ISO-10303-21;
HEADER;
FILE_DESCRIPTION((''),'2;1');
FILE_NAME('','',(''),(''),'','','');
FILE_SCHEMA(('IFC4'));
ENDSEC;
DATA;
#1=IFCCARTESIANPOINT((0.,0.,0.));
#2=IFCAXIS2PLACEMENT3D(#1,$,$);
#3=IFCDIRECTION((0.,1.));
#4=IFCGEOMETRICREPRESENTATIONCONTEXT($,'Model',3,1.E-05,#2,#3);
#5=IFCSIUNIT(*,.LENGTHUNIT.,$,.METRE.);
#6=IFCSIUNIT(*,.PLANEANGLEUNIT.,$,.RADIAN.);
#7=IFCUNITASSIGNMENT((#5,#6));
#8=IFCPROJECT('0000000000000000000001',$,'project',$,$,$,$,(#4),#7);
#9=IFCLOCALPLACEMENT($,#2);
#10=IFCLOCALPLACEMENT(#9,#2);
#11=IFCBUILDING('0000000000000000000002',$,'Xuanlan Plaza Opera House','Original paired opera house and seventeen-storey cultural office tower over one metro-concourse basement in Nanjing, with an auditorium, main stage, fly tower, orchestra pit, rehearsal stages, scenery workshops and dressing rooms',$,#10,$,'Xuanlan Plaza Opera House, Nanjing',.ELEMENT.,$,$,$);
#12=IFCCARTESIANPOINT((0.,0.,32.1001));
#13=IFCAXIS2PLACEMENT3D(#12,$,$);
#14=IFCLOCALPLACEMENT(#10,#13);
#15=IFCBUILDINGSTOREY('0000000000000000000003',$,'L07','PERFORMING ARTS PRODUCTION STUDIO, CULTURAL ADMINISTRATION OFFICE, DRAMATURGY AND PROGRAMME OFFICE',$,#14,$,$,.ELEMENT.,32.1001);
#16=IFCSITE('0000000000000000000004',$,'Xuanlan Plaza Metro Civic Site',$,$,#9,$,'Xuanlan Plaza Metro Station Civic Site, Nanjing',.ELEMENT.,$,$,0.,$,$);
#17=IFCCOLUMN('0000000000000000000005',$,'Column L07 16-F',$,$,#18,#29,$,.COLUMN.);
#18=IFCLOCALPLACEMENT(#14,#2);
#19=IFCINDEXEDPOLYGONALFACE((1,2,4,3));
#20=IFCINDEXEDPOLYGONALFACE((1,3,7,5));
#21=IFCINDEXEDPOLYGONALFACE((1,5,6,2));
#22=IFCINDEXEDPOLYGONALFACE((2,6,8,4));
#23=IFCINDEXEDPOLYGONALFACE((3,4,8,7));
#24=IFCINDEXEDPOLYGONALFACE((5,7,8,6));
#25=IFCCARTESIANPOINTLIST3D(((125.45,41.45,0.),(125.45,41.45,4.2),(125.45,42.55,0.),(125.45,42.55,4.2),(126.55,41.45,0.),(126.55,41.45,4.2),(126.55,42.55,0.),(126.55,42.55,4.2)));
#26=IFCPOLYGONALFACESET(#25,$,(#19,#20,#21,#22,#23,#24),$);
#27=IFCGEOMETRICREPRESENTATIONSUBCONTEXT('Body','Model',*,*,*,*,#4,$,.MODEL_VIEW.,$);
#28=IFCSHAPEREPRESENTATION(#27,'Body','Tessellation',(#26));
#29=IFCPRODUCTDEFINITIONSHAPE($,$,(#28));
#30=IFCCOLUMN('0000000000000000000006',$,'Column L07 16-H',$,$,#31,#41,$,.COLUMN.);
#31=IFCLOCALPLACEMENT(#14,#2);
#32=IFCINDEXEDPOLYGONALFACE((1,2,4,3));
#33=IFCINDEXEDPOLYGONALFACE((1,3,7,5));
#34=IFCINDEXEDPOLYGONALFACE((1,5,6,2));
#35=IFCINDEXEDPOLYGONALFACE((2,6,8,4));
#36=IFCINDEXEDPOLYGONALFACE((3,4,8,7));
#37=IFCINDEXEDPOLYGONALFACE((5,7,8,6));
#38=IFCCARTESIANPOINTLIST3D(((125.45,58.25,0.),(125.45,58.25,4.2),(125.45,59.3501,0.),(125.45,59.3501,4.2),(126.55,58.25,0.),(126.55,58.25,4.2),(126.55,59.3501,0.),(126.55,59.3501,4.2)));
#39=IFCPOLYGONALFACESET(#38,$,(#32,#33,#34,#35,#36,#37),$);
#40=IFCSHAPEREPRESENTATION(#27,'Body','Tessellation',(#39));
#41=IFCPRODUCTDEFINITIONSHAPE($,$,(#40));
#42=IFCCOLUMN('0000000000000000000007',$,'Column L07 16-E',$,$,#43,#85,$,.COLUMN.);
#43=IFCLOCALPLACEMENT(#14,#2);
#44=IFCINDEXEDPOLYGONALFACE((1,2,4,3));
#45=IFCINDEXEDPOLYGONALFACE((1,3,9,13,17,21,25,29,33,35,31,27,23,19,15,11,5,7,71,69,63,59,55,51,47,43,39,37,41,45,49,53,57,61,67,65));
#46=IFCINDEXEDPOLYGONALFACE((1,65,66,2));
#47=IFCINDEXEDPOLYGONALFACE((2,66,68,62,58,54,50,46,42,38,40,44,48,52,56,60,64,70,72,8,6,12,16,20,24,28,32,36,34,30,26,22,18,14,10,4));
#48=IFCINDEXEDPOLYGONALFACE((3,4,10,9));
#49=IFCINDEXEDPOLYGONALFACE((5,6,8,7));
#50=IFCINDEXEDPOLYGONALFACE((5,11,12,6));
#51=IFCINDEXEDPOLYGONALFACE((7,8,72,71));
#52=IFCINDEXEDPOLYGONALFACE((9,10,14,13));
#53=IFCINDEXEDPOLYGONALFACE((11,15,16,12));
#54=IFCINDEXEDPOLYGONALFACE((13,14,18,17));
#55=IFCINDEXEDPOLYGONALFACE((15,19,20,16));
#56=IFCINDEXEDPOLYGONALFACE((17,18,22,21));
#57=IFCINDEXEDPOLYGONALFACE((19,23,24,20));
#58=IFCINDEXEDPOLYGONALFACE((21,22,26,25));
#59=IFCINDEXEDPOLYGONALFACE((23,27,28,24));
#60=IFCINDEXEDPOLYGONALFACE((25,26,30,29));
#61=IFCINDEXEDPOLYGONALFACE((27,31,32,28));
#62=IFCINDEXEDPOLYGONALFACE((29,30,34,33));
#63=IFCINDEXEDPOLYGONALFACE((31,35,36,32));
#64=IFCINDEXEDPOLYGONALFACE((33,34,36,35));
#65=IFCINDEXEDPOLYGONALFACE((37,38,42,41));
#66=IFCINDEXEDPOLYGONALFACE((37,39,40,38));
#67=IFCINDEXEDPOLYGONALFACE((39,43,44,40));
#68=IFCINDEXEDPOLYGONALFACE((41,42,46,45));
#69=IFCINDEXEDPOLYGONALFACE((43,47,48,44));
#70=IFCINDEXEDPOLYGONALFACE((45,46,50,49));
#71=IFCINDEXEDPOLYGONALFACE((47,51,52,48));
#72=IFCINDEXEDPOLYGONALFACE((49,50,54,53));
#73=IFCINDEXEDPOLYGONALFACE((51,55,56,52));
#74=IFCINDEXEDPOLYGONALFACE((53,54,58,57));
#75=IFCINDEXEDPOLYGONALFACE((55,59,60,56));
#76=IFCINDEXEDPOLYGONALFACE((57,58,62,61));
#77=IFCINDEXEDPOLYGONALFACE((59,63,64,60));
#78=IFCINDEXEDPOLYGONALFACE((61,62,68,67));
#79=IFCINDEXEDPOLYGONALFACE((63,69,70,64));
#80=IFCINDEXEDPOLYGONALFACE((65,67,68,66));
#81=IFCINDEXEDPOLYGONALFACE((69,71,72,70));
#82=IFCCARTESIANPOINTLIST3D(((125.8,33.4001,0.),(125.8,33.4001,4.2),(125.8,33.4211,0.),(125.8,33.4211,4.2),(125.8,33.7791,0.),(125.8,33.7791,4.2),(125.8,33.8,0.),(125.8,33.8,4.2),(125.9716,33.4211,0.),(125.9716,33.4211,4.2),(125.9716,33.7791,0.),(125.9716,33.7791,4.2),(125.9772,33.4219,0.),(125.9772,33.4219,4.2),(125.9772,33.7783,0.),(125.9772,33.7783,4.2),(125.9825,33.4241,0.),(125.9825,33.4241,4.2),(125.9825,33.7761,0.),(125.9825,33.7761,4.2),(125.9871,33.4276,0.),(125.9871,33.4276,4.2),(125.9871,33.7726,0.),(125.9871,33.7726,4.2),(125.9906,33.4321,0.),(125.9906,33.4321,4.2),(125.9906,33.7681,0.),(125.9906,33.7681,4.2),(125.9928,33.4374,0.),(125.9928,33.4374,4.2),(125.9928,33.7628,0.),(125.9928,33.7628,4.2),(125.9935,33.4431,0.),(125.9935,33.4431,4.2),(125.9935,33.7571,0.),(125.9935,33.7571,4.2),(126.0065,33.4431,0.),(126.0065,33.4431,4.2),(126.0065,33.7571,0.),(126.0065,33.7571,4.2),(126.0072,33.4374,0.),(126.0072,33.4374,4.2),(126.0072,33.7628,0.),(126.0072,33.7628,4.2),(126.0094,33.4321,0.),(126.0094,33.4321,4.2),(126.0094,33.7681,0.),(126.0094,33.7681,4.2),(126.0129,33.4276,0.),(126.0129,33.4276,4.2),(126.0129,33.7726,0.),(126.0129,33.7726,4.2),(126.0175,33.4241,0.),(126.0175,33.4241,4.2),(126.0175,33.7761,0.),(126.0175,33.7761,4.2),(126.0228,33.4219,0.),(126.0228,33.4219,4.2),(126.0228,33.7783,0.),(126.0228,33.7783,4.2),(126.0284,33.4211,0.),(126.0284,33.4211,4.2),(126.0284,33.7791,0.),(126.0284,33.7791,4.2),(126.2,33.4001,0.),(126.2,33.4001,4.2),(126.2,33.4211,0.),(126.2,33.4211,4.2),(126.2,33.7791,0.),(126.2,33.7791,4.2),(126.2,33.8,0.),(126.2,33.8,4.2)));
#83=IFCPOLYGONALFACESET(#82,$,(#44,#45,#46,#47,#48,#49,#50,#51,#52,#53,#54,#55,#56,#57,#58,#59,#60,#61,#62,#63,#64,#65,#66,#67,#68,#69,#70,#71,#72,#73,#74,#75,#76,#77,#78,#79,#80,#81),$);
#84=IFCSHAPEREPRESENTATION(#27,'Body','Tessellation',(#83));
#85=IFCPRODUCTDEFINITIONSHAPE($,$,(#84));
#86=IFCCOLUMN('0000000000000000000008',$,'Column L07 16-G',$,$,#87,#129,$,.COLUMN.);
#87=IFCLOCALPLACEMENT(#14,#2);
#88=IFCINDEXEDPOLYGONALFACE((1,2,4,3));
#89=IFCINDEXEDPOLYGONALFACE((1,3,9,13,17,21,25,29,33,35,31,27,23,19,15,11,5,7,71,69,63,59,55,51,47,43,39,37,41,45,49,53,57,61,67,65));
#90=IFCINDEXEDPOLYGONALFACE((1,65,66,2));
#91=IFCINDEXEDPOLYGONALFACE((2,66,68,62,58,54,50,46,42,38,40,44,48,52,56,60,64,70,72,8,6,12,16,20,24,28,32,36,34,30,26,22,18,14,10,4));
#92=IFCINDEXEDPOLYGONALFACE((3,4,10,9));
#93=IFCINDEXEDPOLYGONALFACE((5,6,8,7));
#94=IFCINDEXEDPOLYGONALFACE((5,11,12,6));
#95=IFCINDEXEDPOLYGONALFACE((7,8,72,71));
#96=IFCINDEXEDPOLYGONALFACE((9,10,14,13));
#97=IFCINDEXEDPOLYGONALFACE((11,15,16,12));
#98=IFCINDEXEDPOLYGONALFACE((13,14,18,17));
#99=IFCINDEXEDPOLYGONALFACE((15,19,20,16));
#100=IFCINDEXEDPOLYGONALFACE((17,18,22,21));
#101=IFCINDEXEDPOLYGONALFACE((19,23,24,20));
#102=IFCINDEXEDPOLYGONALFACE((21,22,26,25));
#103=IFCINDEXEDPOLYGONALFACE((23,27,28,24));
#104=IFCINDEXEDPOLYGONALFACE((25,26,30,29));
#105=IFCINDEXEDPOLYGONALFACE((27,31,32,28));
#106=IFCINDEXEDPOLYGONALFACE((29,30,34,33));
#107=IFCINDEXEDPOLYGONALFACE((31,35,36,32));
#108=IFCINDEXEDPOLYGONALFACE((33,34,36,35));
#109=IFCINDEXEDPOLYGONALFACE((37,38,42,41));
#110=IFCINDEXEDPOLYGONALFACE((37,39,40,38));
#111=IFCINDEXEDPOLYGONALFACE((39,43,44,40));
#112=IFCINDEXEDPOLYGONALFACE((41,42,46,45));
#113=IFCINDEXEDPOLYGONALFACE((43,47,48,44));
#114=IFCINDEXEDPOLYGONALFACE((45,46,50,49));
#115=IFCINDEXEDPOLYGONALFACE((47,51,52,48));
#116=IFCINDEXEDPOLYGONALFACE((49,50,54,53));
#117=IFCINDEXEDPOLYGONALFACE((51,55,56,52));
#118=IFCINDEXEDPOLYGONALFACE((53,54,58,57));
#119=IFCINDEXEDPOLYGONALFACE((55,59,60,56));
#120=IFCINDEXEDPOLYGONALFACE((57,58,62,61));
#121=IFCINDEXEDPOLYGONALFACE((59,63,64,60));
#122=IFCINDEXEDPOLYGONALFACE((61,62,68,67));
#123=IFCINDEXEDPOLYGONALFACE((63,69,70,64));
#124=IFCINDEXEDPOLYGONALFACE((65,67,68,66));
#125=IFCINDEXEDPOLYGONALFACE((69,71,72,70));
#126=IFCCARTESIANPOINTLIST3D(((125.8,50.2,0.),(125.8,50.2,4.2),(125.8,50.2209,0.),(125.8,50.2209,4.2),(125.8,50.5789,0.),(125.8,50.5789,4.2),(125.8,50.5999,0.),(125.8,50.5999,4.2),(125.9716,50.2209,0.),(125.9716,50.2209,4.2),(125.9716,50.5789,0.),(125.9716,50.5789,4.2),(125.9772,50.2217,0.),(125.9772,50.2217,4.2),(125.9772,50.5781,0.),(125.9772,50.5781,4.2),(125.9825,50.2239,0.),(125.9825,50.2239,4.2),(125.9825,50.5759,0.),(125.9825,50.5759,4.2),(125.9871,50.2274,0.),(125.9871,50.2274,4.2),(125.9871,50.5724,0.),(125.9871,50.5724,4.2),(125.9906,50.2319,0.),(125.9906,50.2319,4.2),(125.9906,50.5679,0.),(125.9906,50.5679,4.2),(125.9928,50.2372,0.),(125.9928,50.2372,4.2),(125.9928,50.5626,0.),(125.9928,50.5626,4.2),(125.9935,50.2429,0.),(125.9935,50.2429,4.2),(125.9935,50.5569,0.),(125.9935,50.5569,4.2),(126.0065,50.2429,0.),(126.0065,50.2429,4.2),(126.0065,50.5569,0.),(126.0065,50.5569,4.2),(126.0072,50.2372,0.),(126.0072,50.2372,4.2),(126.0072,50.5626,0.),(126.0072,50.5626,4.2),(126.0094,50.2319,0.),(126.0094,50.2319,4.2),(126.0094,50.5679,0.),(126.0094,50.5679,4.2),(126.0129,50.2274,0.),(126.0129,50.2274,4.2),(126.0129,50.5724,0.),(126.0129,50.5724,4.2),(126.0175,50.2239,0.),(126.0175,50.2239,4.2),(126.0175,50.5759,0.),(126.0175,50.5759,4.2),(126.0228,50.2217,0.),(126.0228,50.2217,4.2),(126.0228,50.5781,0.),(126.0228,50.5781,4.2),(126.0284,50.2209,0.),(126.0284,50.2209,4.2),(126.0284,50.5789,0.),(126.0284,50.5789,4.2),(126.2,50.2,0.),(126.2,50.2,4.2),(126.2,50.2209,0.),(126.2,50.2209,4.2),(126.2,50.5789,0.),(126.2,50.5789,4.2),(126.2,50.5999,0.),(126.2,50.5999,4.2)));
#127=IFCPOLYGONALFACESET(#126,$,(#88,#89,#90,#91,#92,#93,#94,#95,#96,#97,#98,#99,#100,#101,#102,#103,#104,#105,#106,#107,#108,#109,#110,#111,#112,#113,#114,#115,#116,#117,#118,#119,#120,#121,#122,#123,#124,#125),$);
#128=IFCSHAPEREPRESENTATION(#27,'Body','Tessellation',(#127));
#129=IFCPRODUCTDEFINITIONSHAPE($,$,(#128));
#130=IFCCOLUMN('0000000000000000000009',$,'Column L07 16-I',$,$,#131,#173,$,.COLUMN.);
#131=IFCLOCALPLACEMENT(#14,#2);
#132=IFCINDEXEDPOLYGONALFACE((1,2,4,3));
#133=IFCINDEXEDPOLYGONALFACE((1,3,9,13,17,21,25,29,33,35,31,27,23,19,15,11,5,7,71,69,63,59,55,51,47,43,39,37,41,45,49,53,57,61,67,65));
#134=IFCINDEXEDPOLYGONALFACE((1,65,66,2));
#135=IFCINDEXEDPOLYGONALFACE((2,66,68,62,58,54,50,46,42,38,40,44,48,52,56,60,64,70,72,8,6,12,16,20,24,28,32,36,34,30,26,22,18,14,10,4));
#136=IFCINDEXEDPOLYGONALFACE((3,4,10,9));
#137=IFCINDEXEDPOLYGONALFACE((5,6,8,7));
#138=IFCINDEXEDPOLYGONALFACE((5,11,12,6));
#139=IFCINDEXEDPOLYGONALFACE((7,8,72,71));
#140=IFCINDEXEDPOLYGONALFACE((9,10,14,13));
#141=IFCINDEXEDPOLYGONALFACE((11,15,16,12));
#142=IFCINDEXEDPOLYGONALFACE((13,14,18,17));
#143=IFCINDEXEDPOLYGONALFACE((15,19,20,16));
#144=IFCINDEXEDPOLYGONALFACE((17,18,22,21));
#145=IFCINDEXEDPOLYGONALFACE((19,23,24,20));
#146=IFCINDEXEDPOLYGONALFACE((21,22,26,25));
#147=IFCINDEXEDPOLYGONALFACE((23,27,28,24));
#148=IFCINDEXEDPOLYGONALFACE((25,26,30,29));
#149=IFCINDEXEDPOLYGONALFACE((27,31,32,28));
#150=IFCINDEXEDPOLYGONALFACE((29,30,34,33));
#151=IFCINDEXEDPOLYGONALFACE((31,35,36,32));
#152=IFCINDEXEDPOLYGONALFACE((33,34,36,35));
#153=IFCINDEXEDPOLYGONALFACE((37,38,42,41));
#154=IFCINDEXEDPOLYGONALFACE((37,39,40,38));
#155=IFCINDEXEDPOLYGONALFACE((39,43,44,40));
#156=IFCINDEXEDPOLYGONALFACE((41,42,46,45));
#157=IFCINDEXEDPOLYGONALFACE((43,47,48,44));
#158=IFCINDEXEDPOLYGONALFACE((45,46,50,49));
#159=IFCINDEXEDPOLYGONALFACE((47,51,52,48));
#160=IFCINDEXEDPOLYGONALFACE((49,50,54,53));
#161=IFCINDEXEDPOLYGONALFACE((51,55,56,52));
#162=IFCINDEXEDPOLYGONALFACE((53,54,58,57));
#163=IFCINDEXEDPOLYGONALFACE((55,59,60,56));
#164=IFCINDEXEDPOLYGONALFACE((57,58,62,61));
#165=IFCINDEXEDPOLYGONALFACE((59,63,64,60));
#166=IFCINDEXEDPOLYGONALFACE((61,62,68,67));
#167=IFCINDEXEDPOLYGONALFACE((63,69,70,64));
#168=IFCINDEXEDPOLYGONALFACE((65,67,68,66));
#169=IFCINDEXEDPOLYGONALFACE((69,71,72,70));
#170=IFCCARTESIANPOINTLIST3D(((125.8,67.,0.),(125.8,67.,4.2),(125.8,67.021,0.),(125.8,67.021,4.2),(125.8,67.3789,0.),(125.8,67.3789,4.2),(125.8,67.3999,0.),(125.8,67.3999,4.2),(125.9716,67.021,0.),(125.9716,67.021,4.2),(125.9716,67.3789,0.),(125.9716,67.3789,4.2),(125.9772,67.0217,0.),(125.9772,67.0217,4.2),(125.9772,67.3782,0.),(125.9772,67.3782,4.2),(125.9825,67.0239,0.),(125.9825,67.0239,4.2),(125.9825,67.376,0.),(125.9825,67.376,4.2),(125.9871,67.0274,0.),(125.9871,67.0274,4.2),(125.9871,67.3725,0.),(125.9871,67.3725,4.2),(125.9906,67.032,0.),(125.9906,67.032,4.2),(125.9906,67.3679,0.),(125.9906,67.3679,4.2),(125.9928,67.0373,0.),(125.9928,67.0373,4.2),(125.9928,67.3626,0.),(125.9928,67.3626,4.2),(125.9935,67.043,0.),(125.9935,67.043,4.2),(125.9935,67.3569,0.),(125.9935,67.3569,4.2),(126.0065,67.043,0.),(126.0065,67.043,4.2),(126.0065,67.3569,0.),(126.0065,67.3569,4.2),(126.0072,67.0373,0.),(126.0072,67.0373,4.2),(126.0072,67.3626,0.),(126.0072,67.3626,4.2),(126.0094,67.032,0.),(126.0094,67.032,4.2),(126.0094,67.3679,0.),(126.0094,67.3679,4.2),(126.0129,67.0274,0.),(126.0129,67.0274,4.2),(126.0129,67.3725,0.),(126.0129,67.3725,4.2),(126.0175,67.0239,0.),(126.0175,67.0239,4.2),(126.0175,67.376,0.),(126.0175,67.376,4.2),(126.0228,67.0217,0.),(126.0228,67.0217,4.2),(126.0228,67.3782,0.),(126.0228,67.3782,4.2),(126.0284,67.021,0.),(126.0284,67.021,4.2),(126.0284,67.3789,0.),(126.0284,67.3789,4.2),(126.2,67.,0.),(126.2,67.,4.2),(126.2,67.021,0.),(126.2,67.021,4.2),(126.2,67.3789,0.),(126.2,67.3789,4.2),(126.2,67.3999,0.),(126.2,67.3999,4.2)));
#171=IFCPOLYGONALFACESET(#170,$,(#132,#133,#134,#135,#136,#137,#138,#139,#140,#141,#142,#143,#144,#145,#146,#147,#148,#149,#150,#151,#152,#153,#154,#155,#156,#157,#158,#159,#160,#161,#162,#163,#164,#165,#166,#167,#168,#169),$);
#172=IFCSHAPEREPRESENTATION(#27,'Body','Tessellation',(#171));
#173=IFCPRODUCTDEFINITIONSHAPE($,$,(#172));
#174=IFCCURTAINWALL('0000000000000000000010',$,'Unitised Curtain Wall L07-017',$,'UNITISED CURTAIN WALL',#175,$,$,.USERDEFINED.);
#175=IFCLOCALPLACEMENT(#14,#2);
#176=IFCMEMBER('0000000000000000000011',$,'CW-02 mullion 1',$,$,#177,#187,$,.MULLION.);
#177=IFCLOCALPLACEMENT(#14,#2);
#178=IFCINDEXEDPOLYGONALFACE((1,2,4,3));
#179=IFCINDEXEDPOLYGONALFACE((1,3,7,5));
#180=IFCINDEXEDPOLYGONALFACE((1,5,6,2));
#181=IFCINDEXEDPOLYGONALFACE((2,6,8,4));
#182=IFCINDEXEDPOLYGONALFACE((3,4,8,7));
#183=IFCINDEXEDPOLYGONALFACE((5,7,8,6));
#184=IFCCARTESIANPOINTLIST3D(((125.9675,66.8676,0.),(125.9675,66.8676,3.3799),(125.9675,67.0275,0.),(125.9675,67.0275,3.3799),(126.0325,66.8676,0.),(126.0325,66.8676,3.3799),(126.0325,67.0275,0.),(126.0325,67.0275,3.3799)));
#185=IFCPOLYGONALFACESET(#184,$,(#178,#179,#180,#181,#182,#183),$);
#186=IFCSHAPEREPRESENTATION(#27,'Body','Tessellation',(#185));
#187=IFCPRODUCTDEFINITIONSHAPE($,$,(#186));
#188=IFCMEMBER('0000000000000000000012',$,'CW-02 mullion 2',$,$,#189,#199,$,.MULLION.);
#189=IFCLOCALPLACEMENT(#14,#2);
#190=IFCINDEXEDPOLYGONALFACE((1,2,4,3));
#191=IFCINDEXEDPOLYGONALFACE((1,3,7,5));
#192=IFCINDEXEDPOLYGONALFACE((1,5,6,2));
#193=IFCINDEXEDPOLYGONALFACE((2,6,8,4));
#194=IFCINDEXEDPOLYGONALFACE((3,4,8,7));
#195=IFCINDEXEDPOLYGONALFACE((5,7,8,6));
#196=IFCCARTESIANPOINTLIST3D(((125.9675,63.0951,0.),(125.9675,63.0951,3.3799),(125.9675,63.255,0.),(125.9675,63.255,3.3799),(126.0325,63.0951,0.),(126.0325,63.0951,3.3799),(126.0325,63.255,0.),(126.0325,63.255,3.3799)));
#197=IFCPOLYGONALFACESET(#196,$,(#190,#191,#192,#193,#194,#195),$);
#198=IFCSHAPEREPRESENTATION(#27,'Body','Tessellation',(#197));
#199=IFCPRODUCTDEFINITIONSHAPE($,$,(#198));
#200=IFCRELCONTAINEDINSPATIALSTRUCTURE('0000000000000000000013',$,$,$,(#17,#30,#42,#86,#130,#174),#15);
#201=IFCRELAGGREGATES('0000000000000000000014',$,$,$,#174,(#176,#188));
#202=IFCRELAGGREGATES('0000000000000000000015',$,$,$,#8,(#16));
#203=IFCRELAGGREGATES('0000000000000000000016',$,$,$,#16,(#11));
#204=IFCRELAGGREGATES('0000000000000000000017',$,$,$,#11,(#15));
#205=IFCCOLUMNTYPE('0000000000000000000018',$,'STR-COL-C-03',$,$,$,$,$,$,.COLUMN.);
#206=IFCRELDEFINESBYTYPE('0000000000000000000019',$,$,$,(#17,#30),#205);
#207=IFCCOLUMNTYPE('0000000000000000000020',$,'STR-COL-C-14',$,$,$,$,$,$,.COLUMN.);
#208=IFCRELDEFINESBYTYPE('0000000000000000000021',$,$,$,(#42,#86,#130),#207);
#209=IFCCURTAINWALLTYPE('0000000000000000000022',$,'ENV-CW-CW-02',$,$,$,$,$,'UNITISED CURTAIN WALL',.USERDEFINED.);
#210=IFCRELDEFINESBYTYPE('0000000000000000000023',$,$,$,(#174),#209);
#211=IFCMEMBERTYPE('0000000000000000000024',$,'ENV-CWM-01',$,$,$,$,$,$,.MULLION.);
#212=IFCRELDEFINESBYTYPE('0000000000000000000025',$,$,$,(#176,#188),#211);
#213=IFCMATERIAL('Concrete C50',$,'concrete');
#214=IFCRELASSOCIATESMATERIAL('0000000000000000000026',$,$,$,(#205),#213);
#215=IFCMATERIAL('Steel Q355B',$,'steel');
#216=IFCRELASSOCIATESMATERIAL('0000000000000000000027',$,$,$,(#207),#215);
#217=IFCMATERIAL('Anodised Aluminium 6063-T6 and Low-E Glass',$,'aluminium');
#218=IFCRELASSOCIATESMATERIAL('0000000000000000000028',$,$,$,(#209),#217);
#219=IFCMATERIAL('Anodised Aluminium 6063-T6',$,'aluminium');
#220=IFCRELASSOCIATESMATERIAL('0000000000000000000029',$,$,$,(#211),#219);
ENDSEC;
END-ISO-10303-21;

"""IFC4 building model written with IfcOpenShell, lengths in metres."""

from ifc_helpers import new_model, si_unit, direction, frame, origin, origin_2d, place, context, subcontext, project, spatial, rectangle, i_section, extrude, material, material_profile, profile_set, type_object, element, aggregate, save


model = new_model("IFC4")

# Units and contexts
model_context = context("Model", 3, precision=1e-05, world=origin(), true_north=direction((0.0, 1.0)))
body_context = subcontext(model_context, "Body", "Model", "MODEL_VIEW")
ifc_project = project(units=[si_unit("LENGTHUNIT", "METRE"), si_unit("PLANEANGLEUNIT", "RADIAN")], contexts=[model_context])

# Site, building, storey
site_placement = place(None, origin())
site = spatial("IfcSite", under=ifc_project, at=site_placement, Name="Xuanlan Plaza Metro Civic Site", LongName="Xuanlan Plaza Metro Station Civic Site, Nanjing", CompositionType="ELEMENT", RefElevation=0.0)
building_placement = place(site_placement, origin())
building = spatial("IfcBuilding", under=site, at=building_placement, Name="Xuanlan Plaza Opera House", Description="Original paired opera house and seventeen-storey cultural office tower over one metro-concourse basement in Nanjing, with an auditorium, main stage, fly tower, orchestra pit, rehearsal stages, scenery workshops and dressing rooms", LongName="Xuanlan Plaza Opera House, Nanjing", CompositionType="ELEMENT")
storey_placement = place(building_placement, frame((0.0, 0.0, 32.1001)))
storey = spatial("IfcBuildingStorey", under=building, at=storey_placement, Name="L07", Description="PERFORMING ARTS PRODUCTION STUDIO, CULTURAL ADMINISTRATION OFFICE, DRAMATURGY AND PROGRAMME OFFICE", CompositionType="ELEMENT", Elevation=32.1001)

# Columns
ifc_material_1 = material(Name="Concrete C50", Category="concrete")
ifc_material_profile_1 = material_profile(ifc_material_1, rectangle(XDim=1.1001, YDim=1.1001, at=origin_2d()), Name="RC-COL 1100x1100")
ifc_profile_set_1 = profile_set([ifc_material_profile_1], Name="Concrete C50")
column_type_1 = type_object("IfcColumnType", Name="STR-COL-C-03", PredefinedType="COLUMN", material=ifc_profile_set_1)
for number, where, z_axis, x_axis, name in (
    (1, (126.0, 42.0, 0.0), (0.0, 0.0, 1.0), (1.0, 0.0, 0.0), "Column L07 16-F"),
    (2, (126.0, 58.8, 0.0), (0.0, 0.0, 1.0), (1.0, 0.0, 0.0), "Column L07 16-H"),
):
    element("IfcColumn", number, at=place(storey_placement, frame(where, z_axis=z_axis, x_axis=x_axis)), inside=storey, type_object=column_type_1, Name=name, PredefinedType="COLUMN", context=body_context, shape_type="SweptSolid", body=[
        extrude(rectangle(XDim=1.1001, YDim=1.1001, at=origin_2d()), origin(), (0.0, 0.0, 1.0), 4.2),
    ])
ifc_material_2 = material(Name="Steel Q355B", Category="steel")
ifc_material_profile_2 = material_profile(ifc_material_2, i_section(OverallWidth=0.3999, OverallDepth=0.3999, WebThickness=0.0129, FlangeThickness=0.021, FilletRadius=0.022, at=origin_2d()), Name="HW 400x400x13x21")
ifc_profile_set_2 = profile_set([ifc_material_profile_2], Name="Steel Q355B")
column_type_2 = type_object("IfcColumnType", Name="STR-COL-C-14", PredefinedType="COLUMN", material=ifc_profile_set_2)
for number, where, z_axis, x_axis, name in (
    (3, (126.0, 33.6001, 0.0), (0.0, 0.0, 1.0), (1.0, 0.0, 0.0), "Column L07 16-E"),
    (4, (126.0, 50.3999, 0.0), (0.0, 0.0, 1.0), (1.0, 0.0, 0.0), "Column L07 16-G"),
    (5, (126.0, 67.2, 0.0), (0.0, 0.0, 1.0), (1.0, 0.0, 0.0), "Column L07 16-I"),
):
    element("IfcColumn", number, at=place(storey_placement, frame(where, z_axis=z_axis, x_axis=x_axis)), inside=storey, type_object=column_type_2, Name=name, PredefinedType="COLUMN", context=body_context, shape_type="SweptSolid", body=[
        extrude(i_section(OverallWidth=0.3999, OverallDepth=0.3999, WebThickness=0.0129, FlangeThickness=0.021, FilletRadius=0.022, at=origin_2d()), origin(), (0.0, 0.0, 1.0), 4.2),
    ])

# Curtain wall, members
ifc_material_3 = material(Name="Anodised Aluminium 6063-T6 and Low-E Glass", Category="aluminium")
curtain_wall_type_1 = type_object("IfcCurtainWallType", Name="ENV-CW-CW-02", ElementType="UNITISED CURTAIN WALL", PredefinedType="USERDEFINED", material=ifc_material_3)
curtain_wall_1_placement = place(storey_placement, origin())
curtain_wall_1 = element("IfcCurtainWall", 6, at=curtain_wall_1_placement, inside=storey, type_object=curtain_wall_type_1, Name="Unitised Curtain Wall L07-017", ObjectType="UNITISED CURTAIN WALL", PredefinedType="USERDEFINED")
ifc_material_4 = material(Name="Anodised Aluminium 6063-T6", Category="aluminium")
ifc_material_profile_3 = material_profile(ifc_material_4, rectangle(XDim=0.0649, YDim=0.1599, at=origin_2d()), Name="ALU-M 65x160")
ifc_profile_set_3 = profile_set([ifc_material_profile_3], Name="Anodised Aluminium 6063-T6")
member_type_1 = type_object("IfcMemberType", Name="ENV-CWM-01", PredefinedType="MULLION", material=ifc_profile_set_3)
member_1_placement = place(storey_placement, frame((126.0, 66.9475, 0.0), z_axis=(0.0, 0.0, 1.0), x_axis=(1.0, 0.0, 0.0)))
member_1 = element("IfcMember", 7, at=member_1_placement, type_object=member_type_1, Name="CW-02 mullion 1", PredefinedType="MULLION", context=body_context, shape_type="SweptSolid", body=[
    extrude(rectangle(XDim=0.0649, YDim=0.1599, at=origin_2d()), origin(), (0.0, 0.0, 1.0), 3.3799),
])
member_2_placement = place(storey_placement, frame((126.0, 63.175, 0.0), z_axis=(0.0, 0.0, 1.0), x_axis=(1.0, 0.0, 0.0)))
member_2 = element("IfcMember", 8, at=member_2_placement, type_object=member_type_1, Name="CW-02 mullion 2", PredefinedType="MULLION", context=body_context, shape_type="SweptSolid", body=[
    extrude(rectangle(XDim=0.0649, YDim=0.1599, at=origin_2d()), origin(), (0.0, 0.0, 1.0), 3.3799),
])

aggregate(curtain_wall_1, [member_1, member_2])

save(model, "model.ifc")
